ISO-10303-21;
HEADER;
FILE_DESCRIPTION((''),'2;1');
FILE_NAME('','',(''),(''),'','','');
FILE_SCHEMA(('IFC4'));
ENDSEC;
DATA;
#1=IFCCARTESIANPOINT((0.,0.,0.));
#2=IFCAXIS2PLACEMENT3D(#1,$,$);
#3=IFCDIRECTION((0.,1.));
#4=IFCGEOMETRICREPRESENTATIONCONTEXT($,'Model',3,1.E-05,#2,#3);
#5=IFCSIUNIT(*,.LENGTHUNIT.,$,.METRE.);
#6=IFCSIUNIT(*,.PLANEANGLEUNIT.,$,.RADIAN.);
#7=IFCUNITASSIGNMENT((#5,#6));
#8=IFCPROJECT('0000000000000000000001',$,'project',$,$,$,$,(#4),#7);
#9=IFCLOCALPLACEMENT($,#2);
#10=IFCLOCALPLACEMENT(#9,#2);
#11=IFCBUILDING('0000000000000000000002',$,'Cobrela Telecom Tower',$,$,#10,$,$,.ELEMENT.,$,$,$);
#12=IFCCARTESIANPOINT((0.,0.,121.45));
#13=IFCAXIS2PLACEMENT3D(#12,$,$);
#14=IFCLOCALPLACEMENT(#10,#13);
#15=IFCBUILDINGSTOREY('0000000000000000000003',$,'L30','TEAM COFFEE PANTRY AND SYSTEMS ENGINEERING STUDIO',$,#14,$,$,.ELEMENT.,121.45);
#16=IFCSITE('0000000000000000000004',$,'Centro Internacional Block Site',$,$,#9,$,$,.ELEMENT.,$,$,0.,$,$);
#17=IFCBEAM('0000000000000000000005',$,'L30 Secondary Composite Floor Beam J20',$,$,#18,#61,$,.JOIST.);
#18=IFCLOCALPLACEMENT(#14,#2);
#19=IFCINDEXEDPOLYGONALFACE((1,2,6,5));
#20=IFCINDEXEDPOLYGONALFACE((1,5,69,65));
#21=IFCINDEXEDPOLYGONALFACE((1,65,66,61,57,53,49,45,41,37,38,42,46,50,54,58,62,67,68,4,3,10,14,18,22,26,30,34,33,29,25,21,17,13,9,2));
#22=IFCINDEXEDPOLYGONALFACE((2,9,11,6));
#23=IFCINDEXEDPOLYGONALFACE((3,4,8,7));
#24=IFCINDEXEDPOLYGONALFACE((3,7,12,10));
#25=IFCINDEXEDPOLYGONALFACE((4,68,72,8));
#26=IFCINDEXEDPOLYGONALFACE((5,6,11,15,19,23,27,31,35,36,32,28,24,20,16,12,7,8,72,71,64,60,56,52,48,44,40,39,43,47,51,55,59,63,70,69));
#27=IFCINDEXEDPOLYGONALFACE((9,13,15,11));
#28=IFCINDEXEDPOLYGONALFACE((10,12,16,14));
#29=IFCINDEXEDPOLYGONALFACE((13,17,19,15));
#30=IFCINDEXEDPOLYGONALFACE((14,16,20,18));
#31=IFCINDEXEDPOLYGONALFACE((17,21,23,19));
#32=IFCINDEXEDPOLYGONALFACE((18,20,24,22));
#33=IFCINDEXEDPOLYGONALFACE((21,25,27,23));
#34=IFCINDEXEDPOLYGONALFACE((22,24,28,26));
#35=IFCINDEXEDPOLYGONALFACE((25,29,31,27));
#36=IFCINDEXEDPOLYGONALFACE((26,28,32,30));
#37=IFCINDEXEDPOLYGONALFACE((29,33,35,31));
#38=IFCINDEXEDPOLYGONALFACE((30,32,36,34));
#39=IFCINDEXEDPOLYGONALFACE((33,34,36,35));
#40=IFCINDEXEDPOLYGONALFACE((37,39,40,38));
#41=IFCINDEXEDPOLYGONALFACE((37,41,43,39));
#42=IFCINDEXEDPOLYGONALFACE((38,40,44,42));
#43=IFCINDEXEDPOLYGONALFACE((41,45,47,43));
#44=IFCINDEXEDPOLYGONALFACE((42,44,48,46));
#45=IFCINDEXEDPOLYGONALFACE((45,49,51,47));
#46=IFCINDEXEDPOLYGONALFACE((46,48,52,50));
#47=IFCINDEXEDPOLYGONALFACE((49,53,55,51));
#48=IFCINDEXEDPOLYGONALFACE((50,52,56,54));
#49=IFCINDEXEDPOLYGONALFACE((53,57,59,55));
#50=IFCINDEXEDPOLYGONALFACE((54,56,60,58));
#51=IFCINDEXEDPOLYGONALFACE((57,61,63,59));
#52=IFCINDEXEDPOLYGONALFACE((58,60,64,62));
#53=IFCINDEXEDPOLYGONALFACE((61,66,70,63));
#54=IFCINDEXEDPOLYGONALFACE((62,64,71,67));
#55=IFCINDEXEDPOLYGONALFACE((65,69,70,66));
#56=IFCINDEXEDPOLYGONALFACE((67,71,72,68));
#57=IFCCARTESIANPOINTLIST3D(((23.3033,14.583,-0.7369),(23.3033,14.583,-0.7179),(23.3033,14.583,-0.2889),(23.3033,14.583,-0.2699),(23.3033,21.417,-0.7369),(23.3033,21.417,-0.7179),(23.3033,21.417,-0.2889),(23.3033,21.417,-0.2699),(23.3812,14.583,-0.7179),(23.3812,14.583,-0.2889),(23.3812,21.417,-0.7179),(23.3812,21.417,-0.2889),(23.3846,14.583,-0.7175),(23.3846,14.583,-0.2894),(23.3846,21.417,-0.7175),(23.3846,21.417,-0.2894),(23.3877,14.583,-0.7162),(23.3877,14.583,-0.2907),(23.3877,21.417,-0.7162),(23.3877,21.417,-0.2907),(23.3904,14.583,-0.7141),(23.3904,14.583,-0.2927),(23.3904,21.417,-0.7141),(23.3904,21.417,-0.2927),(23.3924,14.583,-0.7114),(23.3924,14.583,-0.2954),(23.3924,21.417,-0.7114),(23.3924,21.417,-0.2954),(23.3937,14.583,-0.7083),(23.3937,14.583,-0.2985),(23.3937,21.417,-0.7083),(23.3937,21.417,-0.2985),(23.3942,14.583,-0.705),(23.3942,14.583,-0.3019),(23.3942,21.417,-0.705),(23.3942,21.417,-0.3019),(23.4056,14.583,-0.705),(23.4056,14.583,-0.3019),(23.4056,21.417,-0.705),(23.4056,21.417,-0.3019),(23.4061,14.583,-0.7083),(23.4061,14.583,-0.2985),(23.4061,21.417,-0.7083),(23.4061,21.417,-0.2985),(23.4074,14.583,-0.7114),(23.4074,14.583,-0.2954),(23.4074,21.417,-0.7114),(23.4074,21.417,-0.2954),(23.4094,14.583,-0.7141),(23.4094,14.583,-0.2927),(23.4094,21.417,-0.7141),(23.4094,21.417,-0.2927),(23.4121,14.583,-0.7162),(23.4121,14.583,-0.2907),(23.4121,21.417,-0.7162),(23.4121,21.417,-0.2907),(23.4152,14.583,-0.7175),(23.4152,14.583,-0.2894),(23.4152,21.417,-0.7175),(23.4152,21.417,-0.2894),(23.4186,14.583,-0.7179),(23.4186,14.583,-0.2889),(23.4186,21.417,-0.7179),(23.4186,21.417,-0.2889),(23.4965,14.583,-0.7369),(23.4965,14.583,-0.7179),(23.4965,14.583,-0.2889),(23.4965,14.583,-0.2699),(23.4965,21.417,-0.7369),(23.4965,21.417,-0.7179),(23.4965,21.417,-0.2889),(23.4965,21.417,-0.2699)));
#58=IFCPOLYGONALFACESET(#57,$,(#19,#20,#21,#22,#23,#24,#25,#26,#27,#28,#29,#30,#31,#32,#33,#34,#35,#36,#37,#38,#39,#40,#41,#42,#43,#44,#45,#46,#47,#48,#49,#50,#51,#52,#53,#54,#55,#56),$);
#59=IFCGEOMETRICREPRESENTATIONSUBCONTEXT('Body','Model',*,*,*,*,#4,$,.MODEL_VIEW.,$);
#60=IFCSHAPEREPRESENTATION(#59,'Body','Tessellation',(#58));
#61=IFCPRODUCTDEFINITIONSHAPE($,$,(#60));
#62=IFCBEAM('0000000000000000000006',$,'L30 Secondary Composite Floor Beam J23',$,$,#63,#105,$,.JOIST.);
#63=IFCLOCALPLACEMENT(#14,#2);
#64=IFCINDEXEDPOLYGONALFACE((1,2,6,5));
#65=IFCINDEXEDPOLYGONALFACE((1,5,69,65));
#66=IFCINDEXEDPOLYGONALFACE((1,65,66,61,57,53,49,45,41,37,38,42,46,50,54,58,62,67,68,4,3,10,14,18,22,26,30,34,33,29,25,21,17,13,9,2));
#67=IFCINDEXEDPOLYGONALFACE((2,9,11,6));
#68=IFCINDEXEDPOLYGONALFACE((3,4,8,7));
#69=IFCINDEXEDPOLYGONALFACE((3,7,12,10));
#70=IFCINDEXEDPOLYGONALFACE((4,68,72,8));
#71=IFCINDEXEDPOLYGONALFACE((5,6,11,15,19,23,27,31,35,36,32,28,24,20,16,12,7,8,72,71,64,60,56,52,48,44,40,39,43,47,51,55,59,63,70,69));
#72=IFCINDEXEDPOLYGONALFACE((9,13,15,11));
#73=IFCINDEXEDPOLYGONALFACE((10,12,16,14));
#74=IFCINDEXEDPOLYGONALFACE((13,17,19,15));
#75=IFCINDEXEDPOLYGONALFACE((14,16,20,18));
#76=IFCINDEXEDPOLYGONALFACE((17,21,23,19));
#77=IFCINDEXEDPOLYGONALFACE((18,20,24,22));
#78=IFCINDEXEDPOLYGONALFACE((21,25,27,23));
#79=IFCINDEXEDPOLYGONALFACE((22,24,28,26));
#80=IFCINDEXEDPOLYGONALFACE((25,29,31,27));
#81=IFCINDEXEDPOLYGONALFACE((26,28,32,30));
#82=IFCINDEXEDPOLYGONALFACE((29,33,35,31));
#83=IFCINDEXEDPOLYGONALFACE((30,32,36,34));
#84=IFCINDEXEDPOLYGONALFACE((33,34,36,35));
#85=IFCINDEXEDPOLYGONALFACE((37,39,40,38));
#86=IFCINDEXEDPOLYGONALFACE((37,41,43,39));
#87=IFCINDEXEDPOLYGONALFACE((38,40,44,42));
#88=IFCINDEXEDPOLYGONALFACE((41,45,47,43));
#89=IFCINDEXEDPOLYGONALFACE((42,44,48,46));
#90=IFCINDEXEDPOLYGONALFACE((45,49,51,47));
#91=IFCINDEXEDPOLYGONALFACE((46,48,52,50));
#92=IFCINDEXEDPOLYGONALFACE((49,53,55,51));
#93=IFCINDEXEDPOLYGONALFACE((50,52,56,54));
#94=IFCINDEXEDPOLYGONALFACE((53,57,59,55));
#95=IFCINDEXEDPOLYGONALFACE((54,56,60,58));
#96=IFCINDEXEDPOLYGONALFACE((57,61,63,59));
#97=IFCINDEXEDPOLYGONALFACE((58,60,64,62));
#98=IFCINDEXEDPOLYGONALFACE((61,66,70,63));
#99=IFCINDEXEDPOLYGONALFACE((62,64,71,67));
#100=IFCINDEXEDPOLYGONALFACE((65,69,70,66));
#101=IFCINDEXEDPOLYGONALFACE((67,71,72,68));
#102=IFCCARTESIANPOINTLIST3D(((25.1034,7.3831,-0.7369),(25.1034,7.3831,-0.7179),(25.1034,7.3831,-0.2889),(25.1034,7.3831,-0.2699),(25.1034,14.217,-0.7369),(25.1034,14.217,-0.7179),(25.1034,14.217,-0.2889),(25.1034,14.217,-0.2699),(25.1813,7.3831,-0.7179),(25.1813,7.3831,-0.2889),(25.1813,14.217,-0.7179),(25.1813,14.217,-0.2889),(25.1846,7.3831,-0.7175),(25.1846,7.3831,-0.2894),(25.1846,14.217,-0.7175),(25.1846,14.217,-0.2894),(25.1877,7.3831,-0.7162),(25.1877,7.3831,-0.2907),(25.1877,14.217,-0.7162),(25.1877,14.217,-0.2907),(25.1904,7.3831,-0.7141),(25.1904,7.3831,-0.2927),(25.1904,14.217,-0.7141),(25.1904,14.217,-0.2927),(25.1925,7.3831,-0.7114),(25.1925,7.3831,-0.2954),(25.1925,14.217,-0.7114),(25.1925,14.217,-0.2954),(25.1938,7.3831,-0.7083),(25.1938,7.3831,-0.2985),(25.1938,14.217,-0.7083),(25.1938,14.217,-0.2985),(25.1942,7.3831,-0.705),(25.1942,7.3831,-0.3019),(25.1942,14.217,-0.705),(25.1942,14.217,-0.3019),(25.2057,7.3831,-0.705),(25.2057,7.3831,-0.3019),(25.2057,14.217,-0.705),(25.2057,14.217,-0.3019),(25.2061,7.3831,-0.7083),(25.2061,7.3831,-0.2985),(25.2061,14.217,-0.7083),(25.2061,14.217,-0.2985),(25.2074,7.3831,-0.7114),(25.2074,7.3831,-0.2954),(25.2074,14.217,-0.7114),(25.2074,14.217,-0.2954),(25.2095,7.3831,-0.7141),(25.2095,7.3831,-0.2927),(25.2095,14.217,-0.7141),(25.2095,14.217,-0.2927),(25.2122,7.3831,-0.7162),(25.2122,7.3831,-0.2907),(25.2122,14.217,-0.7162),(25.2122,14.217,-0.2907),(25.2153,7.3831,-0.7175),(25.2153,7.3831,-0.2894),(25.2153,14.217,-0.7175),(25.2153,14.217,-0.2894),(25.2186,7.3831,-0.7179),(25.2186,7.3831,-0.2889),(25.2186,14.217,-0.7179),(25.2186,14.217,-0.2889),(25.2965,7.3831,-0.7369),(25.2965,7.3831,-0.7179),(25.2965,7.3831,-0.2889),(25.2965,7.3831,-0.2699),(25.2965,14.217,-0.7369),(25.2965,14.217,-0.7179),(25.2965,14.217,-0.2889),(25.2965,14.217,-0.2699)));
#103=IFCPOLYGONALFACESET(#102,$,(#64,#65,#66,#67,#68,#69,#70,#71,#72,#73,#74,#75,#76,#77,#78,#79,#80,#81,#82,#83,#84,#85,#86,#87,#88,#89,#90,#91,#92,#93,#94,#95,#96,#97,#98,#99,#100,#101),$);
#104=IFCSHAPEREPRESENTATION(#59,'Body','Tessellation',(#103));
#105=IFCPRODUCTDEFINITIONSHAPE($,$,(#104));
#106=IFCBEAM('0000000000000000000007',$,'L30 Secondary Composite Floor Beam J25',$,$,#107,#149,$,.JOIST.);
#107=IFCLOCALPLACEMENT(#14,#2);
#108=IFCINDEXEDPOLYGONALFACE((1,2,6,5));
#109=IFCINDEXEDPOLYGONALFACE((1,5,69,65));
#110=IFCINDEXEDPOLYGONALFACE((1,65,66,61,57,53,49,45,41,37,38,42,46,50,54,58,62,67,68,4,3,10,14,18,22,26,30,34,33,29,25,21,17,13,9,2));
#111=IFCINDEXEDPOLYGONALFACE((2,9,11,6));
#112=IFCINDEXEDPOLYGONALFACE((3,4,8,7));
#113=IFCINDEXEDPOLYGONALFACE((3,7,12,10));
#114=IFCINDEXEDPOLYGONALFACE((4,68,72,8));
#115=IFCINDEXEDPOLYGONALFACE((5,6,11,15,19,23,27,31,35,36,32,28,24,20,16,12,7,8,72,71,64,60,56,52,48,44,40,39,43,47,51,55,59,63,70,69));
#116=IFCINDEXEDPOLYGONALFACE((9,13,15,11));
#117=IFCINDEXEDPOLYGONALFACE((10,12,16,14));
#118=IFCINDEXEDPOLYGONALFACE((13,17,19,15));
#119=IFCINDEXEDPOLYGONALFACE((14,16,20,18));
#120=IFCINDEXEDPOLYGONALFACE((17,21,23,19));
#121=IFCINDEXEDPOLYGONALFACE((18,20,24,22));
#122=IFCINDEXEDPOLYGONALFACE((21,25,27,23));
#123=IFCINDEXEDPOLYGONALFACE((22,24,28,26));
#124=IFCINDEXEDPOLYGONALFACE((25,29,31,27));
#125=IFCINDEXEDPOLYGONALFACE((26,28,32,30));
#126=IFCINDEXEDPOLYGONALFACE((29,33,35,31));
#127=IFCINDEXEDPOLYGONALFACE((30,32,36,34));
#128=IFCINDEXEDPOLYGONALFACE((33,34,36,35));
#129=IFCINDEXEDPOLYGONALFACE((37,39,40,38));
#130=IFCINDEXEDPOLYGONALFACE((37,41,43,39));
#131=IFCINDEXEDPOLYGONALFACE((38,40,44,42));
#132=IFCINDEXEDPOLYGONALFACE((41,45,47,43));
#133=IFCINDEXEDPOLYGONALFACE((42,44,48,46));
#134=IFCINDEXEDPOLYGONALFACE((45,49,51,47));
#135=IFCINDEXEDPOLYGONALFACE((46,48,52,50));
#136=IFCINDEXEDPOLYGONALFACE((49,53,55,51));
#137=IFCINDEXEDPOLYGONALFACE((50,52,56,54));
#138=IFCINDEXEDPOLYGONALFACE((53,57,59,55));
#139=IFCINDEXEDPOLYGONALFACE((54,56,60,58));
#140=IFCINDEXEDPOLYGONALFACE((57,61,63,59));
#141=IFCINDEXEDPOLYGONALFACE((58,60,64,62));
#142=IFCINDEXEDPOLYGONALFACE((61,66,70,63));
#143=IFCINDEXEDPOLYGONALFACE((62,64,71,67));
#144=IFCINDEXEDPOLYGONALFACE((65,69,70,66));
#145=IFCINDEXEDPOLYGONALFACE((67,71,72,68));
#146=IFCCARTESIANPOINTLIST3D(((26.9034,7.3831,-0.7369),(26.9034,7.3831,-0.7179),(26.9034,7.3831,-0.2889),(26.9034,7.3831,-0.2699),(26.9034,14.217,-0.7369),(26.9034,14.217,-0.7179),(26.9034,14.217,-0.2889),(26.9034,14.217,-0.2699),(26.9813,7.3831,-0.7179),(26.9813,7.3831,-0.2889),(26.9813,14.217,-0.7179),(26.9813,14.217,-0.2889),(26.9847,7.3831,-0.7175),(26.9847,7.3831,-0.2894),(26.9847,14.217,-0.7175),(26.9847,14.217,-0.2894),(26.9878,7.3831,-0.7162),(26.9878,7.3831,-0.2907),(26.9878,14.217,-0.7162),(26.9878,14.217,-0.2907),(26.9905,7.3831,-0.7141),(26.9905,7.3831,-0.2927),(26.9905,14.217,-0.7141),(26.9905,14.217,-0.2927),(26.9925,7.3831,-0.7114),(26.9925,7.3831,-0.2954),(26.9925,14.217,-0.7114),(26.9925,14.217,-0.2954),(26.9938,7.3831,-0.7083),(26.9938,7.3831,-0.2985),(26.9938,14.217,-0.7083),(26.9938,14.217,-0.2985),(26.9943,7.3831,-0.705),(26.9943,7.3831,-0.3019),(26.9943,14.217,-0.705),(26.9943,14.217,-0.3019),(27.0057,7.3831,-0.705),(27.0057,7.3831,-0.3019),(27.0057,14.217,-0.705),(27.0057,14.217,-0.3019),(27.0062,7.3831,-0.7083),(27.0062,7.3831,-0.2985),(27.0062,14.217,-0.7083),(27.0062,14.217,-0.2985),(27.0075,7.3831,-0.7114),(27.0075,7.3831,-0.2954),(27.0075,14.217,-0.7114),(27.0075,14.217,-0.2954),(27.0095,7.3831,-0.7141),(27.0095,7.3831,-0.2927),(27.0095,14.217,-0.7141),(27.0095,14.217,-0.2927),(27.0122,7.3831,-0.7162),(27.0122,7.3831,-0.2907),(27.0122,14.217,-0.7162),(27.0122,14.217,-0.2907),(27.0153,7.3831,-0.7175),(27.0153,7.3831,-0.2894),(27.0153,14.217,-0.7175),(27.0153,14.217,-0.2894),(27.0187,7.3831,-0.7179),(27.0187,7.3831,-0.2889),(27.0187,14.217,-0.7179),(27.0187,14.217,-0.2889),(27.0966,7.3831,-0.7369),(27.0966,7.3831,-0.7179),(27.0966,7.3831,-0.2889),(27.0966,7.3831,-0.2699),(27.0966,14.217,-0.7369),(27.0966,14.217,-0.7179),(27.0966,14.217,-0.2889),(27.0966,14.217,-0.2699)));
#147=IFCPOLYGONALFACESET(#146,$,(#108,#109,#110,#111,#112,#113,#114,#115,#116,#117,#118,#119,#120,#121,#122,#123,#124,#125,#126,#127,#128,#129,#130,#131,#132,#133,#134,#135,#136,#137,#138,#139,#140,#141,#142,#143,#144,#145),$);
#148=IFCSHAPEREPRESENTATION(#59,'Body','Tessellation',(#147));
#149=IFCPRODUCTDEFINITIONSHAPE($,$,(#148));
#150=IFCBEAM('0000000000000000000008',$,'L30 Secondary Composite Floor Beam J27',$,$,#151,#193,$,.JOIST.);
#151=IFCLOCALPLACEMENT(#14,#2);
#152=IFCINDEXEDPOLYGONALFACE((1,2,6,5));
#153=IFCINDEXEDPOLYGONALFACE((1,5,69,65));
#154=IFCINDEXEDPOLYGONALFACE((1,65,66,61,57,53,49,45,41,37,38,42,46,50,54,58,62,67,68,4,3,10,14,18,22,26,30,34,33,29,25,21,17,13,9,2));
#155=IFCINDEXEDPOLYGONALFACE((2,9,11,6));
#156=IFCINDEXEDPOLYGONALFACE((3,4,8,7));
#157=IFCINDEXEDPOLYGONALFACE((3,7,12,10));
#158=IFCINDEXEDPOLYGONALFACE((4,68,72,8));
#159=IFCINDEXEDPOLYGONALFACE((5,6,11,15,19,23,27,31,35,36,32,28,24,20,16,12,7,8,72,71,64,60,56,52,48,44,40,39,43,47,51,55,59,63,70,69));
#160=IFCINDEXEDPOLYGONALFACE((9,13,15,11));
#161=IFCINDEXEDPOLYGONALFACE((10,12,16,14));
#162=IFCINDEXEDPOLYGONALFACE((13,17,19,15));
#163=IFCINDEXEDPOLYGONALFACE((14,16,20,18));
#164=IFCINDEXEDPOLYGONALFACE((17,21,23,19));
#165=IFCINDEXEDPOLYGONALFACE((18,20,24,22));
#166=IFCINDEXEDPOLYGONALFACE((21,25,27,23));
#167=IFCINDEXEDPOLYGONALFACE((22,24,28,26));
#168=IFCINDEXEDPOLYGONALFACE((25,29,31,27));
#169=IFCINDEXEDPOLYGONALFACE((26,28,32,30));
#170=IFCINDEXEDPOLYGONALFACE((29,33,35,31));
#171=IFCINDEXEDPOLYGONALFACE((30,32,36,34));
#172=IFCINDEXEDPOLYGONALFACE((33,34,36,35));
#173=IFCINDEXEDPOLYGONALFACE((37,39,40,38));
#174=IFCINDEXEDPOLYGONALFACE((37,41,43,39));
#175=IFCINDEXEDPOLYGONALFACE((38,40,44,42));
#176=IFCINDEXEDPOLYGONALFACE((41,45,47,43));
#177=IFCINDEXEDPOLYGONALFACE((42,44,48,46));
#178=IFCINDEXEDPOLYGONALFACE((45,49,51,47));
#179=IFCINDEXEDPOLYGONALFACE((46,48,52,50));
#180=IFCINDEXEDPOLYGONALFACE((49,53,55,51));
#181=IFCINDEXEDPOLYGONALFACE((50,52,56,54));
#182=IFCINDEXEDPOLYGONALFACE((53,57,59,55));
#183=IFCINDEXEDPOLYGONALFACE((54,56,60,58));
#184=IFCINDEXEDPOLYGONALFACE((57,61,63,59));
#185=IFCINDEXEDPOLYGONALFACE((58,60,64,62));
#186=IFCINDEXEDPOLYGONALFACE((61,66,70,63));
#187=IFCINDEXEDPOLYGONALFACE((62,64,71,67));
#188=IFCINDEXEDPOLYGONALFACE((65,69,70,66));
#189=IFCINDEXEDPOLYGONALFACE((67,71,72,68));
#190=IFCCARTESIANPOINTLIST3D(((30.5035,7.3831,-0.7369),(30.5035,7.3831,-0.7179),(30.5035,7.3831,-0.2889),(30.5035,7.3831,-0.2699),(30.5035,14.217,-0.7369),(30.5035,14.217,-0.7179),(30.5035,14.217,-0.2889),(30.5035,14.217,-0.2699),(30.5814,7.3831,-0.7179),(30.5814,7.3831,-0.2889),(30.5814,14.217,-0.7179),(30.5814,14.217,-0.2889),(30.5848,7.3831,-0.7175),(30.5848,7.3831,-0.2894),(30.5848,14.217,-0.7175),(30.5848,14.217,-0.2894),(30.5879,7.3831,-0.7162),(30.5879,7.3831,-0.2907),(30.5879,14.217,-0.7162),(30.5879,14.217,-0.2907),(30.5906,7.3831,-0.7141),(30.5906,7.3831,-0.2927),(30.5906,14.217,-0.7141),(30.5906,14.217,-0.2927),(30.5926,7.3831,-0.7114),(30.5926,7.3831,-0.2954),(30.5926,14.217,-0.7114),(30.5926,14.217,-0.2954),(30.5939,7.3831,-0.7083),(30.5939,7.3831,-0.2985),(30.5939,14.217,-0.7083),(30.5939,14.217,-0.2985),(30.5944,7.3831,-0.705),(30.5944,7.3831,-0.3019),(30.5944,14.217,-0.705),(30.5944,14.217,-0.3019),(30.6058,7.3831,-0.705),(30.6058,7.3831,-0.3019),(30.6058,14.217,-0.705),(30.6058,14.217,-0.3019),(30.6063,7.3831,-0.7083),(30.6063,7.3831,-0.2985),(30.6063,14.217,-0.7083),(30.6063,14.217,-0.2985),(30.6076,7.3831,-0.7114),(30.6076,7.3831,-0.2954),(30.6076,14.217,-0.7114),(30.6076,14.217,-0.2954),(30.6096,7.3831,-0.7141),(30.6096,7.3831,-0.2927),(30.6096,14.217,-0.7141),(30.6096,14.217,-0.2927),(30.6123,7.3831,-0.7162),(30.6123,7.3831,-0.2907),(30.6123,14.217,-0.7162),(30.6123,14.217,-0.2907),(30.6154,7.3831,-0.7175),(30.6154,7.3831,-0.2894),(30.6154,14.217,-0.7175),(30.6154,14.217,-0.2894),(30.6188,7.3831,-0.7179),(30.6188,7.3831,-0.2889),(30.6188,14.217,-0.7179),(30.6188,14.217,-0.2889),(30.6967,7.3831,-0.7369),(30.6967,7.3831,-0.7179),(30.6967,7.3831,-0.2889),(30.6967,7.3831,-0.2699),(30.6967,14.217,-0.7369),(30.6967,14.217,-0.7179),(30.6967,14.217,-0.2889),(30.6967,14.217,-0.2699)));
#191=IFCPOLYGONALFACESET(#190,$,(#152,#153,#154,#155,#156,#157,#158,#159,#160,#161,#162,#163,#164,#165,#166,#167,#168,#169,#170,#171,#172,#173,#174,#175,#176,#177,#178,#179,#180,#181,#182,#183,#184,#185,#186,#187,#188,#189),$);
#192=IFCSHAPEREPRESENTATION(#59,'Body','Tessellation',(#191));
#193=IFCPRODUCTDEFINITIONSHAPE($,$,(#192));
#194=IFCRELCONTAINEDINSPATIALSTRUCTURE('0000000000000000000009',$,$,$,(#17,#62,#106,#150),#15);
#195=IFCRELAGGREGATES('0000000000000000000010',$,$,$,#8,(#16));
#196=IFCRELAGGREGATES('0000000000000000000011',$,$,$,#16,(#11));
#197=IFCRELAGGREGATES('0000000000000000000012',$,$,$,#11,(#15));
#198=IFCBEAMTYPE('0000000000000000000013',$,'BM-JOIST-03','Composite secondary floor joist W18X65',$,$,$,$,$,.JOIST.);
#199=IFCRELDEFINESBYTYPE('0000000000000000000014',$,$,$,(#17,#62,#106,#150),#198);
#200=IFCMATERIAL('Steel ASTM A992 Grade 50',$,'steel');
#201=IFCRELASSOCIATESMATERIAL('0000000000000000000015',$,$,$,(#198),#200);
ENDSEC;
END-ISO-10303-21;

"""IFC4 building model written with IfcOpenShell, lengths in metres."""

from ifc_helpers import new_model, si_unit, direction, frame, origin, origin_2d, place, context, subcontext, project, spatial, i_section, extrude, material, material_profile, profile_set, type_object, element, save


model = new_model("IFC4")

# Units and contexts
model_context = context("Model", 3, precision=1e-05, world=origin(), true_north=direction((0.0, 1.0)))
body_context = subcontext(model_context, "Body", "Model", "MODEL_VIEW")
ifc_project = project(units=[si_unit("LENGTHUNIT", "METRE"), si_unit("PLANEANGLEUNIT", "RADIAN")], contexts=[model_context])

# Site, building, storey
site_placement = place(None, origin())
site = spatial("IfcSite", under=ifc_project, at=site_placement, Name="Centro Internacional Block Site", CompositionType="ELEMENT", RefElevation=0.0)
building_placement = place(site_placement, origin())
building = spatial("IfcBuilding", under=site, at=building_placement, Name="Cobrela Telecom Tower", CompositionType="ELEMENT")
storey_placement = place(building_placement, frame((0.0, 0.0, 121.45)))
storey = spatial("IfcBuildingStorey", under=building, at=storey_placement, Name="L30", Description="TEAM COFFEE PANTRY AND SYSTEMS ENGINEERING STUDIO", CompositionType="ELEMENT", Elevation=121.45)

# Shared definitions
ifc_material_1 = material(Name="Steel ASTM A992 Grade 50", Category="steel")

# Beams
ifc_material_profile_1 = material_profile(ifc_material_1, i_section(OverallWidth=0.1931, OverallDepth=0.467, WebThickness=0.0115, FlangeThickness=0.019, FilletRadius=0.0129, at=origin_2d()), Name="W18X65")
ifc_profile_set_1 = profile_set([ifc_material_profile_1], Name="Steel ASTM A992 Grade 50")
beam_type_1 = type_object("IfcBeamType", Name="BM-JOIST-03", Description="Composite secondary floor joist W18X65", PredefinedType="JOIST", material=ifc_profile_set_1)
for number, where, z_axis, x_axis, name in (
    (1, (23.3999, 14.583, -0.5034), (0.0, 1.0, 0.0), (-1.0, 0.0, 0.0), "L30 Secondary Composite Floor Beam J20"),
    (2, (25.2, 7.3831, -0.5034), (0.0, 1.0, 0.0), (-1.0, 0.0, 0.0), "L30 Secondary Composite Floor Beam J23"),
    (3, (27.0, 7.3831, -0.5034), (0.0, 1.0, 0.0), (-1.0, 0.0, 0.0), "L30 Secondary Composite Floor Beam J25"),
    (4, (30.6001, 7.3831, -0.5034), (0.0, 1.0, 0.0), (-1.0, 0.0, 0.0), "L30 Secondary Composite Floor Beam J27"),
):
    element("IfcBeam", number, at=place(storey_placement, frame(where, z_axis=z_axis, x_axis=x_axis)), inside=storey, type_object=beam_type_1, Name=name, PredefinedType="JOIST", context=body_context, shape_type="SweptSolid", body=[
        extrude(i_section(OverallWidth=0.1931, OverallDepth=0.467, WebThickness=0.0115, FlangeThickness=0.019, FilletRadius=0.0129, at=origin_2d()), origin(), (0.0, 0.0, 1.0), 6.834),
    ])

save(model, "model.ifc")
